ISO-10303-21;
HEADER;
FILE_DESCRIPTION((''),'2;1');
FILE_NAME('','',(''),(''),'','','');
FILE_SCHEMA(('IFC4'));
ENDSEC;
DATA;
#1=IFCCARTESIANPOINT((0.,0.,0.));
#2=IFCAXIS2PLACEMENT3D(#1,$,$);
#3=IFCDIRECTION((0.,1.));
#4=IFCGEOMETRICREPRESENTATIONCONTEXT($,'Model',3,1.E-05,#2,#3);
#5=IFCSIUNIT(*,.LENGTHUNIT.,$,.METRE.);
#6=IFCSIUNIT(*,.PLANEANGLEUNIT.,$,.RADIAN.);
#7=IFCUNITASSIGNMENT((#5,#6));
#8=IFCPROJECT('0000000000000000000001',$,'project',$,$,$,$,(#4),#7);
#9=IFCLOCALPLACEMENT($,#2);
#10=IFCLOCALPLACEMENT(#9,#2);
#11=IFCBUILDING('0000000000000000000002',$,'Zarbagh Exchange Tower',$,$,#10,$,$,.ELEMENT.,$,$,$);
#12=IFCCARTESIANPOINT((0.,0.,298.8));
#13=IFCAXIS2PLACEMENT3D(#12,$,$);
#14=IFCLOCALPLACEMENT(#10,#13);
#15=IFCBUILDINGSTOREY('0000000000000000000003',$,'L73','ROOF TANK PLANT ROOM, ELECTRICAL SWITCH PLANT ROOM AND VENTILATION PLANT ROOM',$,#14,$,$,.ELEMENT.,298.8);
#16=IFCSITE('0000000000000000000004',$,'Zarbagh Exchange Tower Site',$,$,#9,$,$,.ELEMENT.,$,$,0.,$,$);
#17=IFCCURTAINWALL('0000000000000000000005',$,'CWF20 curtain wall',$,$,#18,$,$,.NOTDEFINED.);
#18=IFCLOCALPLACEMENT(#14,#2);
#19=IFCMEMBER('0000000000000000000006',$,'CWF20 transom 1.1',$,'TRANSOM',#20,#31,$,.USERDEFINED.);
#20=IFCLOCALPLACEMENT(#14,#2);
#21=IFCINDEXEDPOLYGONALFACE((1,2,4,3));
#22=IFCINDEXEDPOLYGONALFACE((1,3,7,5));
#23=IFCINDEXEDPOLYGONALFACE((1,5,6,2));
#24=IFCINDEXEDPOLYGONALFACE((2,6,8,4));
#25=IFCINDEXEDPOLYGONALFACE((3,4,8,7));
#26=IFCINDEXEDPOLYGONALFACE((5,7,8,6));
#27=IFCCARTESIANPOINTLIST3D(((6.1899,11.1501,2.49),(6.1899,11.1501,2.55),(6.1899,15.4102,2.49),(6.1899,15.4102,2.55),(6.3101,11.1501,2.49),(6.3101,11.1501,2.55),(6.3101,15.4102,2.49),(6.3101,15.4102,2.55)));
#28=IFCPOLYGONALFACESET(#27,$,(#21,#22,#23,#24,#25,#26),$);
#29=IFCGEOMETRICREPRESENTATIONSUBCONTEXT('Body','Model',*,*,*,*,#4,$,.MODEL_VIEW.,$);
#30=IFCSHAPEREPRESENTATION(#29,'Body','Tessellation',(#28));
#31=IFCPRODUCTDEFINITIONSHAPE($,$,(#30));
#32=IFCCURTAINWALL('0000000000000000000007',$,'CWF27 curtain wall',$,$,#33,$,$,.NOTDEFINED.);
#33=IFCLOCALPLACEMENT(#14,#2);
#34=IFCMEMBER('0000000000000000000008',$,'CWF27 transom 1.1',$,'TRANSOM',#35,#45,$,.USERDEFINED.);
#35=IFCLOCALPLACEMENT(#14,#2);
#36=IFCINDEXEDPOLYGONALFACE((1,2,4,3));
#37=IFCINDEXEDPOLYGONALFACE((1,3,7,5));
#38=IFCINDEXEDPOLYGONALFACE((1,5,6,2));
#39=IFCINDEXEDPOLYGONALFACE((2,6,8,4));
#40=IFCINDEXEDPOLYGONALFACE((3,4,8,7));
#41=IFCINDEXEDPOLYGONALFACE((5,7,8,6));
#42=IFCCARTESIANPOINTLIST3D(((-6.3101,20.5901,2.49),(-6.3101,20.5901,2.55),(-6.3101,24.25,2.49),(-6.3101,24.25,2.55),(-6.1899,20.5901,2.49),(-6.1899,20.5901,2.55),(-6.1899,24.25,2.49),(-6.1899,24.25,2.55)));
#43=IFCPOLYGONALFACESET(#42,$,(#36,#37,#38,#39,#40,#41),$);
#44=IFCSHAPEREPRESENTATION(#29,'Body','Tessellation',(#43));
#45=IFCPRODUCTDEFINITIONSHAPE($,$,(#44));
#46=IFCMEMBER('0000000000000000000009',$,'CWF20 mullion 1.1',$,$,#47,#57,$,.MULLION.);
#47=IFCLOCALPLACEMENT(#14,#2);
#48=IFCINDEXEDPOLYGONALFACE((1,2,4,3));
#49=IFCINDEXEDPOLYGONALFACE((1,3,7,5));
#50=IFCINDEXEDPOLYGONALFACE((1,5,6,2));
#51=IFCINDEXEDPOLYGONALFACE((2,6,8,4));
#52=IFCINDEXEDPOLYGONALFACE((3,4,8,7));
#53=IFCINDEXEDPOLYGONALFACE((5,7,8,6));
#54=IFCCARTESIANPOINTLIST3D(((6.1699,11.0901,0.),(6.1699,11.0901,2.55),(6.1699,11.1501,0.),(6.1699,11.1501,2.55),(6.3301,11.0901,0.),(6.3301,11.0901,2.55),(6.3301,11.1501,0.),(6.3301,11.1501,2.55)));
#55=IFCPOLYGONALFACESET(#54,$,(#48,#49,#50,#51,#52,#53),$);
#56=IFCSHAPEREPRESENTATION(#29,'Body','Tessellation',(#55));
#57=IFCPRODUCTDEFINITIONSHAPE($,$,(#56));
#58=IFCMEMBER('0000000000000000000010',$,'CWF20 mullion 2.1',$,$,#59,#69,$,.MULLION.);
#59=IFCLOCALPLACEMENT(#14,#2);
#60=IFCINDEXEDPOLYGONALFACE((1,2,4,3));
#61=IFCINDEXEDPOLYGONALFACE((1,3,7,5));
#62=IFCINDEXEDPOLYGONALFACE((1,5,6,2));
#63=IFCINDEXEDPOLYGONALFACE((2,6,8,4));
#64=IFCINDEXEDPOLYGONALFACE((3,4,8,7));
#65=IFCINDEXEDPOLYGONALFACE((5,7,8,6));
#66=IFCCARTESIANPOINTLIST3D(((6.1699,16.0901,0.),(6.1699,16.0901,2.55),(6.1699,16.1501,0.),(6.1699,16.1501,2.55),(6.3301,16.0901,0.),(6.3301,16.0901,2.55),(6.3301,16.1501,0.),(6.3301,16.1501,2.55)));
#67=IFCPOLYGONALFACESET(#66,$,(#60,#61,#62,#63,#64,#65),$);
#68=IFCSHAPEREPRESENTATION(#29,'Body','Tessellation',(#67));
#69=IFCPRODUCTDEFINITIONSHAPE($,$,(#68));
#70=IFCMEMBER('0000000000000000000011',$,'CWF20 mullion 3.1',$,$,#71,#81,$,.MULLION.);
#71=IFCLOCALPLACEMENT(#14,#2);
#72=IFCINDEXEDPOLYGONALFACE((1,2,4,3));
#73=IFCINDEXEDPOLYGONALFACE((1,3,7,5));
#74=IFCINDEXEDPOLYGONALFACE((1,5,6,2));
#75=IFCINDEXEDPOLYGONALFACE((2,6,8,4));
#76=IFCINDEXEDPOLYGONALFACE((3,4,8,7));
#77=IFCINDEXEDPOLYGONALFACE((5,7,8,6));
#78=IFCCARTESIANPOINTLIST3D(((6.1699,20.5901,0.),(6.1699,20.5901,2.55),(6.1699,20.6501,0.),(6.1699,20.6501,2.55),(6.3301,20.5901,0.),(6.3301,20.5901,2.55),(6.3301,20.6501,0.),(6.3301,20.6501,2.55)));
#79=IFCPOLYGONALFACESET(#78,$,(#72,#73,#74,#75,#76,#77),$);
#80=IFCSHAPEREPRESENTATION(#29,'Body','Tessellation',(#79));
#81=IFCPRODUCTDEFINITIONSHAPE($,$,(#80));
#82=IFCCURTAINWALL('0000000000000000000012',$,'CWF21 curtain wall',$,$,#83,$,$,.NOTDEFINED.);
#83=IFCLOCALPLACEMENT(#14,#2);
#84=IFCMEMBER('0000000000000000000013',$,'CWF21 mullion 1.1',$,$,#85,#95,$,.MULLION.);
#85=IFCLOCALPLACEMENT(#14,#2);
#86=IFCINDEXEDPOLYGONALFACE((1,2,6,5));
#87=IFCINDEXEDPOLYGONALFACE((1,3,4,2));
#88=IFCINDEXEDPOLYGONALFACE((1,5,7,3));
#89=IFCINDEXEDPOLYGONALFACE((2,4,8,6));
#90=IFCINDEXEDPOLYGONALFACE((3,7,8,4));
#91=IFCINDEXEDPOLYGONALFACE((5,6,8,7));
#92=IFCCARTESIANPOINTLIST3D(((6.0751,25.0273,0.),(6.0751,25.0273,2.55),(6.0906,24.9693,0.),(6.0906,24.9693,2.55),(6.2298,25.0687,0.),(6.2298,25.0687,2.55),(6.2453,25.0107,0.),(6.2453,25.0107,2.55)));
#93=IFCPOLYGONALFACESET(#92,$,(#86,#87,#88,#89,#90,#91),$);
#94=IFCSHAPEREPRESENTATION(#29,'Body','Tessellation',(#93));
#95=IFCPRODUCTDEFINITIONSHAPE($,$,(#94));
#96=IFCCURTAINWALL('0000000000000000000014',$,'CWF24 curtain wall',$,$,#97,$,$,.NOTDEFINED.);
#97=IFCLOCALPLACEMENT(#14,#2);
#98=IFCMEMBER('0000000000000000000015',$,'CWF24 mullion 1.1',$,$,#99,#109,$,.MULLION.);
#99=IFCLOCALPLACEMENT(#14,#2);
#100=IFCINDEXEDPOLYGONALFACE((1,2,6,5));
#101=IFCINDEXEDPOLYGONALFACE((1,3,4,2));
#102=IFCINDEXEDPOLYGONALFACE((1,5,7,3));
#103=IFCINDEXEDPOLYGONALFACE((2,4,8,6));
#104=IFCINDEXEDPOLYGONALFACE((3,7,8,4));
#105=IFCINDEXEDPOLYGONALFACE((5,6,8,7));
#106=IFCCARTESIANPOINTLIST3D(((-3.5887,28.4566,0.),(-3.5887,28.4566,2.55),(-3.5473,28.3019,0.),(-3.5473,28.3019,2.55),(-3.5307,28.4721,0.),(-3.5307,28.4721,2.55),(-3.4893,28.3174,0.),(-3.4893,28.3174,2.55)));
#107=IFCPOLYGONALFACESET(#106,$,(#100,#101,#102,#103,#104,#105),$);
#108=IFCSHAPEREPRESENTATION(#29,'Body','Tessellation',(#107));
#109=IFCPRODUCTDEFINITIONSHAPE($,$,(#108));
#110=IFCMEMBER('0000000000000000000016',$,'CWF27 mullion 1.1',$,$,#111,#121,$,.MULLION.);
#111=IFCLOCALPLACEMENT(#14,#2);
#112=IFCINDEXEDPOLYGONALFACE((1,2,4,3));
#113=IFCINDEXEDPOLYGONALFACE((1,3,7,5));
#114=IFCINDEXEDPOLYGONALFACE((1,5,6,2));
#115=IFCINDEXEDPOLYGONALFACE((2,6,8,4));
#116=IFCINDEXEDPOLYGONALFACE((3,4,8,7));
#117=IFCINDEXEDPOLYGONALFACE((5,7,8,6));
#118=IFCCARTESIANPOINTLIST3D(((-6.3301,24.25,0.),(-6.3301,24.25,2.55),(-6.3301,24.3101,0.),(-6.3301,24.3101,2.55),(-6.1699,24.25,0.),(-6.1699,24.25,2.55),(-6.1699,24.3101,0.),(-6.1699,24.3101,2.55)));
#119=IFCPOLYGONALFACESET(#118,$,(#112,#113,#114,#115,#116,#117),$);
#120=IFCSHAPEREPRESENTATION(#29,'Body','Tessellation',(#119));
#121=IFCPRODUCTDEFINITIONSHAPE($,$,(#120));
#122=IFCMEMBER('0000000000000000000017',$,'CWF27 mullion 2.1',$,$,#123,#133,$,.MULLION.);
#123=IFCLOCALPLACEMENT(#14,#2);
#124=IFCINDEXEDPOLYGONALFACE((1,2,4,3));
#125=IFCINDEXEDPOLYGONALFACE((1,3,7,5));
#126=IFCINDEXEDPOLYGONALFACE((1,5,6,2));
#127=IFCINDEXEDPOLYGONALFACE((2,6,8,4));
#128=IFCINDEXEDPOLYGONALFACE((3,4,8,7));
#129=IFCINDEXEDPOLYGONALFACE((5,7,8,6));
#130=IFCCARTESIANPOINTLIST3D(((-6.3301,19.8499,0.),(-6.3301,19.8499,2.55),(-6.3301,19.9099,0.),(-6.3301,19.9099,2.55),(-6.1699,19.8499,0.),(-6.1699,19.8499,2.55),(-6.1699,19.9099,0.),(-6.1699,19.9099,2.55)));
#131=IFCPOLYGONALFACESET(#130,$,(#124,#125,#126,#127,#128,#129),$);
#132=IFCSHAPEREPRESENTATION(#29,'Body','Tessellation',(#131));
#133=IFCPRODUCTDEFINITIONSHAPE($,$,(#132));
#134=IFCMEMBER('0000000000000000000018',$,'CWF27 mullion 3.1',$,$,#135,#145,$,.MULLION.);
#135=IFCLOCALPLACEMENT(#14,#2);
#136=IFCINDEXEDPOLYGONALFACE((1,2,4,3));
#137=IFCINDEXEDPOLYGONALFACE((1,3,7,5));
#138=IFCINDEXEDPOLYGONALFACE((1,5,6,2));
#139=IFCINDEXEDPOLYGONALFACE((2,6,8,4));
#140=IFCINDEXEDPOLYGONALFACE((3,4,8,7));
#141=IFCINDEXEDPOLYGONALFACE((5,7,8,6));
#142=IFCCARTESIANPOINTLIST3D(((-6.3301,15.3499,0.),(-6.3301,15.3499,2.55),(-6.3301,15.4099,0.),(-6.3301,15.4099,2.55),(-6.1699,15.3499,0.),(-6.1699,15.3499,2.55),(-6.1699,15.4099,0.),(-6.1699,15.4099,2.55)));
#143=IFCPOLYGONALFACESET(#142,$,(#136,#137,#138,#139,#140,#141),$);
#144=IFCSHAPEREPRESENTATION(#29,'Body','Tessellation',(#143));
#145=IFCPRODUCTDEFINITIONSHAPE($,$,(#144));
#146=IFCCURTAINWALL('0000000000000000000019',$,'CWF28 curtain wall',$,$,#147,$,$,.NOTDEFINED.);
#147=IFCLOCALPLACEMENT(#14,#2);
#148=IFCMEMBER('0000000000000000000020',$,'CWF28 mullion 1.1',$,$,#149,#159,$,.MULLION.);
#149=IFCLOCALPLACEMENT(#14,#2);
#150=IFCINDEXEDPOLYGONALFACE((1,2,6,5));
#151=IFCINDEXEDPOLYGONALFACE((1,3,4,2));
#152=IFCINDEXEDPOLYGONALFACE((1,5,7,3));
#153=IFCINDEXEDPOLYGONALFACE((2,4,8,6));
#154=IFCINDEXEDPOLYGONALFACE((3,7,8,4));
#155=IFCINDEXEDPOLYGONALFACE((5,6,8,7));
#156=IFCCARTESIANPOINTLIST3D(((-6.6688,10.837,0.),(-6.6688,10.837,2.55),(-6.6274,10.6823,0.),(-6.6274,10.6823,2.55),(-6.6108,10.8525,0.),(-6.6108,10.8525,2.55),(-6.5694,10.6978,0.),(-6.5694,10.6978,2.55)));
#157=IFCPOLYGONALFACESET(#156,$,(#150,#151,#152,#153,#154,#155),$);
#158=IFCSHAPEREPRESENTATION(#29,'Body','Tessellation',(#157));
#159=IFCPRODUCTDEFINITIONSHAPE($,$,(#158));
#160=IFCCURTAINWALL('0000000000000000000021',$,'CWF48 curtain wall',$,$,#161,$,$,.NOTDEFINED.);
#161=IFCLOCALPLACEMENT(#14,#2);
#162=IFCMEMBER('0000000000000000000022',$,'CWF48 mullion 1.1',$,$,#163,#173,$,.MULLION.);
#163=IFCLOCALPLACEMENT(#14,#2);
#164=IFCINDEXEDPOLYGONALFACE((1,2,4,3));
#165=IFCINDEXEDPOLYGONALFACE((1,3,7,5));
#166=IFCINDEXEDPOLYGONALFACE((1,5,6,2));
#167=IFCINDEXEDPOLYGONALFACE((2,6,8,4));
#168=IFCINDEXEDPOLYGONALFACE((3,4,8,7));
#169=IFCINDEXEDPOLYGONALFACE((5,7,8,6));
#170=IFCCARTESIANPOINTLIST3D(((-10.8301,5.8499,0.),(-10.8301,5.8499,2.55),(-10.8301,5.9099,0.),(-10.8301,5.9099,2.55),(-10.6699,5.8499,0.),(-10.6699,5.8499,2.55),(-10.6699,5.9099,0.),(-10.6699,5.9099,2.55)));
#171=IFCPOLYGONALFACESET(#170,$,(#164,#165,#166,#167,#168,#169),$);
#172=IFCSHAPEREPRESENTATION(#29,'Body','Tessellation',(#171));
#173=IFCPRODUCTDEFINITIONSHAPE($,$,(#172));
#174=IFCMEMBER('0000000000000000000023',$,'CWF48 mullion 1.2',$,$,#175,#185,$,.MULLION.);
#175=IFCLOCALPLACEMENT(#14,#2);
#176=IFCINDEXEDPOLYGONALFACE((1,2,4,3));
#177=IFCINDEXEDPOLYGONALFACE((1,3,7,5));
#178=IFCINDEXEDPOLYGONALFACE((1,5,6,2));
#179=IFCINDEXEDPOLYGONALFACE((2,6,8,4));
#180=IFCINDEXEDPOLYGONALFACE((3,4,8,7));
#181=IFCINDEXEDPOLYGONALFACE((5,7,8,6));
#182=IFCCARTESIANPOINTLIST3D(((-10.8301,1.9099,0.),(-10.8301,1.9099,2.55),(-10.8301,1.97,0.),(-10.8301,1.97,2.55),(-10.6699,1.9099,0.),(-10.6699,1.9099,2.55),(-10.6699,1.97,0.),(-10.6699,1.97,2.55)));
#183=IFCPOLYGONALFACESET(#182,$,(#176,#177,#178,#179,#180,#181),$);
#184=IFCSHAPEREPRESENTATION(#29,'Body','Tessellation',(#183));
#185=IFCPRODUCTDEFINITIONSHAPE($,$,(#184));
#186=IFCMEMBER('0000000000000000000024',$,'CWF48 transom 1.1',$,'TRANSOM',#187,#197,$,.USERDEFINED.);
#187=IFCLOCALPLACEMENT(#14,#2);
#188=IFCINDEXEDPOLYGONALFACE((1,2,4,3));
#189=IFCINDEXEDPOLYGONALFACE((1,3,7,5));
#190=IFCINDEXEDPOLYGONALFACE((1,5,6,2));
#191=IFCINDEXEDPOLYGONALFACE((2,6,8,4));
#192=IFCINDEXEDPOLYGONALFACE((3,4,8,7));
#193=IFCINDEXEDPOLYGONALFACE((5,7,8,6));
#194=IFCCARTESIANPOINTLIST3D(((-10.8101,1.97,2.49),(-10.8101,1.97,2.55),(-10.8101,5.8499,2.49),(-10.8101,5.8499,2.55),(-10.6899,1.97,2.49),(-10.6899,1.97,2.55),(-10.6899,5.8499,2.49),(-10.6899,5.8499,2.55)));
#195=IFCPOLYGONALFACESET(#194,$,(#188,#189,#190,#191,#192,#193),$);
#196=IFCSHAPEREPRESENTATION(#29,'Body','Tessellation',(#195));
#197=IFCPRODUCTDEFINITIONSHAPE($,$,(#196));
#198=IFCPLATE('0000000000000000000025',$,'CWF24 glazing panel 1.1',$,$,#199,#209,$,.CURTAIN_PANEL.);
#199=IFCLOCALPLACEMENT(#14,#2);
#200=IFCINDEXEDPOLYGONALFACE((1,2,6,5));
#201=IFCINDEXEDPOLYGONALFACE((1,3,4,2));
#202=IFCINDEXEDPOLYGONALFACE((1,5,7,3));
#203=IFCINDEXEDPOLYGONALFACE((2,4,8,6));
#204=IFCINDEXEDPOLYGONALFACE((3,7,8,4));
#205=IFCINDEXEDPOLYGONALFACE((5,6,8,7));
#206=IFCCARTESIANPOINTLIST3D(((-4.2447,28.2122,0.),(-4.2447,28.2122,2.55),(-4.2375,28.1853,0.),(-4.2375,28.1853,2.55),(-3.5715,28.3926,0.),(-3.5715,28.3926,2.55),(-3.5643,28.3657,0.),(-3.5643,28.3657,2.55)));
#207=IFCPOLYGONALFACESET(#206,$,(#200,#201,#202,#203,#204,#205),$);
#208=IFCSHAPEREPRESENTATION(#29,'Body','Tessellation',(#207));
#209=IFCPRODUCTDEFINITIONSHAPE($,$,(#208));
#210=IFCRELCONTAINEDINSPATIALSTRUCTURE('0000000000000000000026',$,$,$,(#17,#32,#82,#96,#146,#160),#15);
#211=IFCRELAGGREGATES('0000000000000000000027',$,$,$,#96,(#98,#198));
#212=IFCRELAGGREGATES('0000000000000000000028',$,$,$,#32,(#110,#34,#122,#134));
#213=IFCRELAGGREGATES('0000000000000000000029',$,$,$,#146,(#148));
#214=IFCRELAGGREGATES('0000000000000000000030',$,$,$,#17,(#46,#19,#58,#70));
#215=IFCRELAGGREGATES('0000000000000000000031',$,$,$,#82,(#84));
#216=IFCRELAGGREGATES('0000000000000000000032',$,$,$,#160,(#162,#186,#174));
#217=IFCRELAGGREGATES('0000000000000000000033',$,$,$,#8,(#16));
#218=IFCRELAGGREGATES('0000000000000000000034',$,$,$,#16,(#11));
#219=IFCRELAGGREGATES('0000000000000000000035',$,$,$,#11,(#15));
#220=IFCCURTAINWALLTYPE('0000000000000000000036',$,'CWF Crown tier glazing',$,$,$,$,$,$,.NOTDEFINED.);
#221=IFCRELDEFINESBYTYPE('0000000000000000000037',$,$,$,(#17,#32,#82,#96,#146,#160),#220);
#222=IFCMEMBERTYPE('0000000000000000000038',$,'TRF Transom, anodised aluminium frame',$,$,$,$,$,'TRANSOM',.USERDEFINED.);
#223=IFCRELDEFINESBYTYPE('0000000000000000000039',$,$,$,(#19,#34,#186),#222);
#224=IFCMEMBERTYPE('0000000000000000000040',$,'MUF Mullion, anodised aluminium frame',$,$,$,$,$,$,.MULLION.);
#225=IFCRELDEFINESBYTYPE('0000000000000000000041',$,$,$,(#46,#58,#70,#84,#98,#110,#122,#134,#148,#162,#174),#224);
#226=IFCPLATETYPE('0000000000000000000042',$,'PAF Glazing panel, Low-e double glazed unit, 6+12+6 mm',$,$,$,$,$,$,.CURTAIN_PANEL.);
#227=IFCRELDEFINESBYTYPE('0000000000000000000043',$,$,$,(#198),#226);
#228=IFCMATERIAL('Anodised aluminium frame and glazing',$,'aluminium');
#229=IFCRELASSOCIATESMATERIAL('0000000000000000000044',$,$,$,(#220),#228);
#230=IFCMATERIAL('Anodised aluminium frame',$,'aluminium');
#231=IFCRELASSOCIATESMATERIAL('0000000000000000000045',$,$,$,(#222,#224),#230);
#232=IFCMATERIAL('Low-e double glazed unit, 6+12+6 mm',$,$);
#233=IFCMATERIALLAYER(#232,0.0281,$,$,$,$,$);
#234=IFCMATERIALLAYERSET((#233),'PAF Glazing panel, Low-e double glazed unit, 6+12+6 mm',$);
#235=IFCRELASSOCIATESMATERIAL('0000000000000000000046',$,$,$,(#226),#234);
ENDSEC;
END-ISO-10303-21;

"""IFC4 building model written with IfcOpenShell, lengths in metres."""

from ifc_helpers import new_model, si_unit, direction, frame, origin, place, context, subcontext, project, spatial, polyline, outline, extrude, source, transform, mapped, material, layer, layer_set, type_object, element, aggregate, save


model = new_model("IFC4")

# Units and contexts
model_context = context("Model", 3, precision=1e-05, world=origin(), true_north=direction((0.0, 1.0)))
body_context = subcontext(model_context, "Body", "Model", "MODEL_VIEW")
ifc_project = project(units=[si_unit("LENGTHUNIT", "METRE"), si_unit("PLANEANGLEUNIT", "RADIAN")], contexts=[model_context])

# Site, building, storey
site_placement = place(None, origin())
site = spatial("IfcSite", under=ifc_project, at=site_placement, Name="Zarbagh Exchange Tower Site", CompositionType="ELEMENT", RefElevation=0.0)
building_placement = place(site_placement, origin())
building = spatial("IfcBuilding", under=site, at=building_placement, Name="Zarbagh Exchange Tower", CompositionType="ELEMENT")
storey_placement = place(building_placement, frame((0.0, 0.0, 298.8)))
storey = spatial("IfcBuildingStorey", under=building, at=storey_placement, Name="L73", Description="ROOF TANK PLANT ROOM, ELECTRICAL SWITCH PLANT ROOM AND VENTILATION PLANT ROOM", CompositionType="ELEMENT", Elevation=298.8)

# Curtain walls, members
ifc_material_1 = material(Name="Anodised aluminium frame and glazing", Category="aluminium")
curtain_wall_type = type_object("IfcCurtainWallType", Name="CWF Crown tier glazing", PredefinedType="NOTDEFINED", material=ifc_material_1)
curtain_wall_1_placement = place(storey_placement, origin())
curtain_wall_1 = element("IfcCurtainWall", 1, at=curtain_wall_1_placement, inside=storey, type_object=curtain_wall_type, Name="CWF20 curtain wall", PredefinedType="NOTDEFINED")
ifc_material_2 = material(Name="Anodised aluminium frame", Category="aluminium")
member_type_1 = type_object("IfcMemberType", Name="TRF Transom, anodised aluminium frame", ElementType="TRANSOM", PredefinedType="USERDEFINED", material=ifc_material_2)
shared_shape_1 = source(origin(), body_context, "Body", "SweptSolid", [
    extrude(outline(polyline([(-0.0601, -0.0601), (0.0, -0.0601), (0.0, 0.0601), (-0.0601, 0.0601), (-0.0601, -0.0601)])), origin(), (0.0, 0.0, 1.0), 4.26),
])
placement = place(storey_placement, origin())
member_1 = element("IfcMember", 2, at=placement, type_object=member_type_1, Name="CWF20 transom 1.1", ObjectType="TRANSOM", PredefinedType="USERDEFINED", context=body_context, shape_type="MappedRepresentation", body=[
    mapped(shared_shape_1, transform((6.25, 11.1501, 2.55), x_axis=(0.0, 0.0, 1.0), y_axis=(1.0, 0.0, 0.0), z_axis=(0.0, 1.0, 0.0))),
])
curtain_wall_2_placement = place(storey_placement, origin())
curtain_wall_2 = element("IfcCurtainWall", 3, at=curtain_wall_2_placement, inside=storey, type_object=curtain_wall_type, Name="CWF27 curtain wall", PredefinedType="NOTDEFINED")
shared_shape_2 = source(origin(), body_context, "Body", "SweptSolid", [
    extrude(outline(polyline([(-0.0601, -0.0601), (0.0, -0.0601), (0.0, 0.0601), (-0.0601, 0.0601), (-0.0601, -0.0601)])), origin(), (0.0, 0.0, 1.0), 3.6599),
])
member_2 = element("IfcMember", 4, at=placement, type_object=member_type_1, Name="CWF27 transom 1.1", ObjectType="TRANSOM", PredefinedType="USERDEFINED", context=body_context, shape_type="MappedRepresentation", body=[
    mapped(shared_shape_2, transform((-6.25, 24.25, 2.55), x_axis=(0.0, 0.0, 1.0), y_axis=(-1.0, 0.0, 0.0), z_axis=(0.0, -1.0, 0.0))),
])

# Members
member_type_2 = type_object("IfcMemberType", Name="MUF Mullion, anodised aluminium frame", PredefinedType="MULLION", material=ifc_material_2)
shared_shape_3 = source(origin(), body_context, "Body", "SweptSolid", [
    extrude(outline(polyline([(0.0, -0.0801), (0.0601, -0.0801), (0.0601, 0.0801), (0.0, 0.0801), (0.0, -0.0801)])), origin(), (0.0, 0.0, 1.0), 2.55),
])
member_3 = element("IfcMember", 5, at=placement, type_object=member_type_2, Name="CWF20 mullion 1.1", PredefinedType="MULLION", context=body_context, shape_type="MappedRepresentation", body=[
    mapped(shared_shape_3, transform((6.25, 11.0901, 0.0), x_axis=(0.0, 1.0, 0.0), y_axis=(-1.0, 0.0, 0.0), z_axis=(0.0, 0.0, 1.0))),
])
member_4 = element("IfcMember", 6, at=placement, type_object=member_type_2, Name="CWF20 mullion 2.1", PredefinedType="MULLION", context=body_context, shape_type="MappedRepresentation", body=[
    mapped(shared_shape_3, transform((6.25, 16.0901, 0.0), x_axis=(0.0, 1.0, 0.0), y_axis=(-1.0, 0.0, 0.0), z_axis=(0.0, 0.0, 1.0))),
])
member_5 = element("IfcMember", 7, at=placement, type_object=member_type_2, Name="CWF20 mullion 3.1", PredefinedType="MULLION", context=body_context, shape_type="MappedRepresentation", body=[
    mapped(shared_shape_3, transform((6.25, 20.5901, 0.0), x_axis=(0.0, 1.0, 0.0), y_axis=(-1.0, 0.0, 0.0), z_axis=(0.0, 0.0, 1.0))),
])

# Curtain walls, members
curtain_wall_3_placement = place(storey_placement, origin())
curtain_wall_3 = element("IfcCurtainWall", 8, at=curtain_wall_3_placement, inside=storey, type_object=curtain_wall_type, Name="CWF21 curtain wall", PredefinedType="NOTDEFINED")
member_6 = element("IfcMember", 9, at=placement, type_object=member_type_2, Name="CWF21 mullion 1.1", PredefinedType="MULLION", context=body_context, shape_type="MappedRepresentation", body=[
    mapped(shared_shape_3, transform((6.168, 24.99, 0.0), x_axis=(-0.258825, 0.965924, 0.0), y_axis=(-0.965924, -0.258825, 0.0), z_axis=(0.0, 0.0, 1.0))),
])
curtain_wall_4_placement = place(storey_placement, origin())
curtain_wall_4 = element("IfcCurtainWall", 10, at=curtain_wall_4_placement, inside=storey, type_object=curtain_wall_type, Name="CWF24 curtain wall", PredefinedType="NOTDEFINED")
member_7 = element("IfcMember", 11, at=placement, type_object=member_type_2, Name="CWF24 mullion 1.1", PredefinedType="MULLION", context=body_context, shape_type="MappedRepresentation", body=[
    mapped(shared_shape_3, transform((-3.51, 28.3948, 0.0), x_axis=(-0.965924, -0.258825, 0.0), y_axis=(0.258825, -0.965924, 0.0), z_axis=(0.0, 0.0, 1.0))),
])

# Members
member_8 = element("IfcMember", 12, at=placement, type_object=member_type_2, Name="CWF27 mullion 1.1", PredefinedType="MULLION", context=body_context, shape_type="MappedRepresentation", body=[
    mapped(shared_shape_3, transform((-6.25, 24.3101, 0.0), x_axis=(0.0, -1.0, 0.0), y_axis=(1.0, 0.0, 0.0), z_axis=(0.0, 0.0, 1.0))),
])
member_9 = element("IfcMember", 13, at=placement, type_object=member_type_2, Name="CWF27 mullion 2.1", PredefinedType="MULLION", context=body_context, shape_type="MappedRepresentation", body=[
    mapped(shared_shape_3, transform((-6.25, 19.9099, 0.0), x_axis=(0.0, -1.0, 0.0), y_axis=(1.0, 0.0, 0.0), z_axis=(0.0, 0.0, 1.0))),
])
member_10 = element("IfcMember", 14, at=placement, type_object=member_type_2, Name="CWF27 mullion 3.1", PredefinedType="MULLION", context=body_context, shape_type="MappedRepresentation", body=[
    mapped(shared_shape_3, transform((-6.25, 15.4099, 0.0), x_axis=(0.0, -1.0, 0.0), y_axis=(1.0, 0.0, 0.0), z_axis=(0.0, 0.0, 1.0))),
])

# Curtain wall, member
curtain_wall_5_placement = place(storey_placement, origin())
curtain_wall_5 = element("IfcCurtainWall", 15, at=curtain_wall_5_placement, inside=storey, type_object=curtain_wall_type, Name="CWF28 curtain wall", PredefinedType="NOTDEFINED")
member_11 = element("IfcMember", 16, at=placement, type_object=member_type_2, Name="CWF28 mullion 1.1", PredefinedType="MULLION", context=body_context, shape_type="MappedRepresentation", body=[
    mapped(shared_shape_3, transform((-6.5901, 10.7751, 0.0), x_axis=(-0.965924, -0.258825, 0.0), y_axis=(0.258825, -0.965924, 0.0), z_axis=(0.0, 0.0, 1.0))),
])

# Curtain wall, members
curtain_wall_6_placement = place(storey_placement, origin())
curtain_wall_6 = element("IfcCurtainWall", 17, at=curtain_wall_6_placement, inside=storey, type_object=curtain_wall_type, Name="CWF48 curtain wall", PredefinedType="NOTDEFINED")
member_12 = element("IfcMember", 18, at=placement, type_object=member_type_2, Name="CWF48 mullion 1.1", PredefinedType="MULLION", context=body_context, shape_type="MappedRepresentation", body=[
    mapped(shared_shape_3, transform((-10.75, 5.9099, 0.0), x_axis=(0.0, -1.0, 0.0), y_axis=(1.0, 0.0, 0.0), z_axis=(0.0, 0.0, 1.0))),
])
member_13 = element("IfcMember", 19, at=placement, type_object=member_type_2, Name="CWF48 mullion 1.2", PredefinedType="MULLION", context=body_context, shape_type="MappedRepresentation", body=[
    mapped(shared_shape_3, transform((-10.75, 1.97, 0.0), x_axis=(0.0, -1.0, 0.0), y_axis=(1.0, 0.0, 0.0), z_axis=(0.0, 0.0, 1.0))),
])
shared_shape_4 = source(origin(), body_context, "Body", "SweptSolid", [
    extrude(outline(polyline([(-0.0601, -0.0601), (0.0, -0.0601), (0.0, 0.0601), (-0.0601, 0.0601), (-0.0601, -0.0601)])), origin(), (0.0, 0.0, 1.0), 3.8799),
])
member_14 = element("IfcMember", 20, at=placement, type_object=member_type_1, Name="CWF48 transom 1.1", ObjectType="TRANSOM", PredefinedType="USERDEFINED", context=body_context, shape_type="MappedRepresentation", body=[
    mapped(shared_shape_4, transform((-10.75, 5.8499, 2.55), x_axis=(0.0, 0.0, 1.0), y_axis=(-1.0, 0.0, 0.0), z_axis=(0.0, -1.0, 0.0))),
])

# Plate
ifc_material_3 = material(Name="Low-e double glazed unit, 6+12+6 mm")
ifc_layer = layer(ifc_material_3, 0.0281)
ifc_layer_set = layer_set([ifc_layer], Name="PAF Glazing panel, Low-e double glazed unit, 6+12+6 mm")
plate_type = type_object("IfcPlateType", Name="PAF Glazing panel, Low-e double glazed unit, 6+12+6 mm", PredefinedType="CURTAIN_PANEL", material=ifc_layer_set)
shared_shape_5 = source(origin(), body_context, "Body", "SweptSolid", [
    extrude(outline(polyline([(0.0, -0.0139), (0.697, -0.0139), (0.697, 0.0139), (0.0, 0.0139), (0.0, -0.0139)])), origin(), (0.0, 0.0, 1.0), 2.55),
])
plate_1 = element("IfcPlate", 21, at=placement, type_object=plate_type, Name="CWF24 glazing panel 1.1", PredefinedType="CURTAIN_PANEL", context=body_context, shape_type="MappedRepresentation", body=[
    mapped(shared_shape_5, transform((-3.5679, 28.3792, 0.0), x_axis=(-0.965924, -0.258825, 0.0), y_axis=(0.258825, -0.965924, 0.0), z_axis=(0.0, 0.0, 1.0))),
])
aggregate(curtain_wall_4, [member_7, plate_1])

aggregate(curtain_wall_2, [member_8, member_2, member_9, member_10])
aggregate(curtain_wall_5, [member_11])

aggregate(curtain_wall_1, [member_3, member_1, member_4, member_5])
aggregate(curtain_wall_3, [member_6])

aggregate(curtain_wall_6, [member_12, member_14, member_13])

save(model, "model.ifc")
